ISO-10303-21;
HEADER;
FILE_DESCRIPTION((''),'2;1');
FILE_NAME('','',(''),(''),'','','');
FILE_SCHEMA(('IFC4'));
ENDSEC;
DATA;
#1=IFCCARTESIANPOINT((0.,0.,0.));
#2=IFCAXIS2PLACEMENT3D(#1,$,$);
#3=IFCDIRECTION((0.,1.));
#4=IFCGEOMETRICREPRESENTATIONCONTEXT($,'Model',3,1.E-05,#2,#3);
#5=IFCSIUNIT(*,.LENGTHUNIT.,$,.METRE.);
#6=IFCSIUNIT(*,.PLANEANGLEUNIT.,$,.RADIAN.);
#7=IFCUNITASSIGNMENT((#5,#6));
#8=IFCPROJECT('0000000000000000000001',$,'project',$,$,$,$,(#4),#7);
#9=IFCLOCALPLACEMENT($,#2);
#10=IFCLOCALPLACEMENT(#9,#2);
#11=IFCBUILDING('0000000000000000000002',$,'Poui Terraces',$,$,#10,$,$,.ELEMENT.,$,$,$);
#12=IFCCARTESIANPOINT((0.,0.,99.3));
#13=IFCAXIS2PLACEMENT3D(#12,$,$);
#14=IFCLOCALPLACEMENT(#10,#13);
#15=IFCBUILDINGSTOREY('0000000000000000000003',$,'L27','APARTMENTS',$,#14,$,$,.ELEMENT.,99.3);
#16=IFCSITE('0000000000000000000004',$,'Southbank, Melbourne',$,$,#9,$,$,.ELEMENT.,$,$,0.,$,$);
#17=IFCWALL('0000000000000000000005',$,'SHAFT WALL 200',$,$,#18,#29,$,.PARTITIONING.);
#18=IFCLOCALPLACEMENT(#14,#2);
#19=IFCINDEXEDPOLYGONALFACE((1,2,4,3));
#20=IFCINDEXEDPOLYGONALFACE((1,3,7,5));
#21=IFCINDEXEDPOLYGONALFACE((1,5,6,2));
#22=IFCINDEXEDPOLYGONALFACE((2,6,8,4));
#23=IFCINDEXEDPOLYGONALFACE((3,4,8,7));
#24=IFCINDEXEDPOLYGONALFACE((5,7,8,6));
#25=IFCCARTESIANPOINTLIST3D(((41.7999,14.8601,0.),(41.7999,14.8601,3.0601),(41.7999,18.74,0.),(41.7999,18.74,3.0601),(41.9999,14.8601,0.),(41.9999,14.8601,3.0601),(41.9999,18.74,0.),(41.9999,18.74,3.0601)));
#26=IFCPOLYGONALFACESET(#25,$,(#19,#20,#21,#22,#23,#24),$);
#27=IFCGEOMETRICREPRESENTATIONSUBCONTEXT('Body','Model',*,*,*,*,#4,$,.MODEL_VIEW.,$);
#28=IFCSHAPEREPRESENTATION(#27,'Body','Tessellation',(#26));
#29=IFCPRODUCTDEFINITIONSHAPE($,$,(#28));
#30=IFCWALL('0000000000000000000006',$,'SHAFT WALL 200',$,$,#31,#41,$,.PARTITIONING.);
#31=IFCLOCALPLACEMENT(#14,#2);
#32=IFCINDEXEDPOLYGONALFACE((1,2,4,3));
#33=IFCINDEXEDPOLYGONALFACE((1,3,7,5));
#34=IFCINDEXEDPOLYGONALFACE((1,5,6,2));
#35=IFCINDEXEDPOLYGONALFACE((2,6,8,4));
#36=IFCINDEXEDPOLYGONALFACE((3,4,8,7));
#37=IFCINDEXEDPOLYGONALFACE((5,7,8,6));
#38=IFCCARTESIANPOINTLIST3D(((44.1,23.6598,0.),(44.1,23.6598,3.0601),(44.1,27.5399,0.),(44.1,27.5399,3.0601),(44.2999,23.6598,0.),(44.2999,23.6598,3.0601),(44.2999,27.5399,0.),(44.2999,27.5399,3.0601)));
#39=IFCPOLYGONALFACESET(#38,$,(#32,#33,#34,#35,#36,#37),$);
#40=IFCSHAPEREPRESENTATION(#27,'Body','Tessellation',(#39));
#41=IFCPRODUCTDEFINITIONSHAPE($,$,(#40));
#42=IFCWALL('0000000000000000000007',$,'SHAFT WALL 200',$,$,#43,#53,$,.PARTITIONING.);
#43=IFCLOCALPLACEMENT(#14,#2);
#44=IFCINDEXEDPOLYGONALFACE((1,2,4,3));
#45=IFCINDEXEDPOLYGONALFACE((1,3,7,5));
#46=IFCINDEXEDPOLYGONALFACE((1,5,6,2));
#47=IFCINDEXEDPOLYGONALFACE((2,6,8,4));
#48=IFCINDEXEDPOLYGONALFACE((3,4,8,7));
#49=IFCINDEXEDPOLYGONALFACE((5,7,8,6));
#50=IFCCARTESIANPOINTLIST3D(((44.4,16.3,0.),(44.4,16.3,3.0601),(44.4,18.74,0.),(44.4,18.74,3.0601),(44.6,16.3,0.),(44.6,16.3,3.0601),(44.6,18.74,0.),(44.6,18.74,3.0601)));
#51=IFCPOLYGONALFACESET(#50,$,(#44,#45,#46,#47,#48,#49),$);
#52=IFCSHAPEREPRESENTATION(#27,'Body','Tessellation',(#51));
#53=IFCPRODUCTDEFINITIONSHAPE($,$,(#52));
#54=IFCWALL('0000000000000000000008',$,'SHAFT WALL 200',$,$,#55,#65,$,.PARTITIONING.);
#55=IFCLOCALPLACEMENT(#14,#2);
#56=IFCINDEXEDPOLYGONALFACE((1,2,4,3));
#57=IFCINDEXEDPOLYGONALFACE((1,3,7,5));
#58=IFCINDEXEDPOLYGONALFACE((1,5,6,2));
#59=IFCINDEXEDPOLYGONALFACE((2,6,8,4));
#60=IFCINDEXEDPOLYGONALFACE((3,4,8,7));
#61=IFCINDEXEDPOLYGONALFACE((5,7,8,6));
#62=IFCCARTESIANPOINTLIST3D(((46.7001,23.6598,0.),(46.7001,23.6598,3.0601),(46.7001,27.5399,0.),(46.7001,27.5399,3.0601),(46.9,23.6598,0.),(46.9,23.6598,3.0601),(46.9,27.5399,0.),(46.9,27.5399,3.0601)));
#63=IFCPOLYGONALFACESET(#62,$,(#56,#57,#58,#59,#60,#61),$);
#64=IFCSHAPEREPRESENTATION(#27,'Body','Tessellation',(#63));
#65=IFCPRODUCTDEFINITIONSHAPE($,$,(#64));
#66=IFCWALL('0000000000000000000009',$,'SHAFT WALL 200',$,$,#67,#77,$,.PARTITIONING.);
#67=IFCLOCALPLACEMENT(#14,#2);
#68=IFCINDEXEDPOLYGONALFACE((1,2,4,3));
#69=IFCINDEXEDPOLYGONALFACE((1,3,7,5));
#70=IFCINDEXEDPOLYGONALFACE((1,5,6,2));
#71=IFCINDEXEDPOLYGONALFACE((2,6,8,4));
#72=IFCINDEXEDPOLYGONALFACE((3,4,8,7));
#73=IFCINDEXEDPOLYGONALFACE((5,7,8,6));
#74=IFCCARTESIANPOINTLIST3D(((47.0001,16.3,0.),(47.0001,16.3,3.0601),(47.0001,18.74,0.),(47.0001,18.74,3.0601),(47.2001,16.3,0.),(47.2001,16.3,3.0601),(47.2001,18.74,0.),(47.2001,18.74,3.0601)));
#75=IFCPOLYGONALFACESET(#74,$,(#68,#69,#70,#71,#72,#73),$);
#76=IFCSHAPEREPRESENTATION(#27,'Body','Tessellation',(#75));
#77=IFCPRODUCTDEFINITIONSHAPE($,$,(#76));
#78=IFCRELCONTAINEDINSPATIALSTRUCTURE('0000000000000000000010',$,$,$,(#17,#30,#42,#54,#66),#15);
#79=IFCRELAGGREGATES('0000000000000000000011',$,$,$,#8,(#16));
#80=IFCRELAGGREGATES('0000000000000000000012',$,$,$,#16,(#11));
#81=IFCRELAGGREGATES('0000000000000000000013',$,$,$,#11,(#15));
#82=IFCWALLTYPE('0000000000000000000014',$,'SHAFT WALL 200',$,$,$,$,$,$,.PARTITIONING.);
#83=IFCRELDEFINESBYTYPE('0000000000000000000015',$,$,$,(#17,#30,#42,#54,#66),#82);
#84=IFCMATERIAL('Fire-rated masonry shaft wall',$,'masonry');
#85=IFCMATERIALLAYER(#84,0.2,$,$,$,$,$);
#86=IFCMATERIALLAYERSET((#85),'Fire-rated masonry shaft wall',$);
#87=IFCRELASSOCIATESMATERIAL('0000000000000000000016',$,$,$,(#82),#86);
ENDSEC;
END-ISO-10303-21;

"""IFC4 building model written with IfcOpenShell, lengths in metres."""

from ifc_helpers import new_model, si_unit, direction, frame, frame_2d, origin, place, context, subcontext, project, spatial, rectangle, extrude, material, layer, layer_set, type_object, element, save


model = new_model("IFC4")

# Units and contexts
model_context = context("Model", 3, precision=1e-05, world=origin(), true_north=direction((0.0, 1.0)))
body_context = subcontext(model_context, "Body", "Model", "MODEL_VIEW")
ifc_project = project(units=[si_unit("LENGTHUNIT", "METRE"), si_unit("PLANEANGLEUNIT", "RADIAN")], contexts=[model_context])

# Site, building, storey
site_placement = place(None, origin())
site = spatial("IfcSite", under=ifc_project, at=site_placement, Name="Southbank, Melbourne", CompositionType="ELEMENT", RefElevation=0.0)
building_placement = place(site_placement, origin())
building = spatial("IfcBuilding", under=site, at=building_placement, Name="Poui Terraces", CompositionType="ELEMENT")
storey_placement = place(building_placement, frame((0.0, 0.0, 99.3)))
storey = spatial("IfcBuildingStorey", under=building, at=storey_placement, Name="L27", Description="APARTMENTS", CompositionType="ELEMENT", Elevation=99.3)

# Shared definitions
ifc_material_1 = material(Name="Fire-rated masonry shaft wall", Category="masonry")
ifc_layer_1 = layer(ifc_material_1, 0.2)
ifc_layer_set_1 = layer_set([ifc_layer_1], Name="Fire-rated masonry shaft wall")
wall_type_1 = type_object("IfcWallType", Name="SHAFT WALL 200", PredefinedType="PARTITIONING", material=ifc_layer_set_1)

# Walls
wall_1_placement = place(storey_placement, frame((41.8999, 14.8601, 0.0), z_axis=(0.0, 0.0, 1.0), x_axis=(0.0, 1.0, 0.0)))
element("IfcWall", 1, at=wall_1_placement, inside=storey, type_object=wall_type_1, Name="SHAFT WALL 200", PredefinedType="PARTITIONING", context=body_context, shape_type="SweptSolid", body=[
    extrude(rectangle(XDim=3.8799, YDim=0.2, at=frame_2d((1.9399, 0.0))), origin(), (0.0, 0.0, 1.0), 3.0601),
])
wall_2_placement = place(storey_placement, frame((44.2, 23.6599, 0.0), z_axis=(0.0, 0.0, 1.0), x_axis=(0.0, 1.0, 0.0)))
element("IfcWall", 2, at=wall_2_placement, inside=storey, type_object=wall_type_1, Name="SHAFT WALL 200", PredefinedType="PARTITIONING", context=body_context, shape_type="SweptSolid", body=[
    extrude(rectangle(XDim=3.8801, YDim=0.2, at=frame_2d((1.9399, 0.0))), origin(), (0.0, 0.0, 1.0), 3.0601),
])
wall_3_placement = place(storey_placement, frame((44.5, 16.3, 0.0), z_axis=(0.0, 0.0, 1.0), x_axis=(0.0, 1.0, 0.0)))
element("IfcWall", 3, at=wall_3_placement, inside=storey, type_object=wall_type_1, Name="SHAFT WALL 200", PredefinedType="PARTITIONING", context=body_context, shape_type="SweptSolid", body=[
    extrude(rectangle(XDim=2.4399, YDim=0.2, at=frame_2d((1.22, 0.0))), origin(), (0.0, 0.0, 1.0), 3.0601),
])
wall_4_placement = place(storey_placement, frame((46.8, 23.6599, 0.0), z_axis=(0.0, 0.0, 1.0), x_axis=(0.0, 1.0, 0.0)))
element("IfcWall", 4, at=wall_4_placement, inside=storey, type_object=wall_type_1, Name="SHAFT WALL 200", PredefinedType="PARTITIONING", context=body_context, shape_type="SweptSolid", body=[
    extrude(rectangle(XDim=3.8801, YDim=0.2, at=frame_2d((1.9399, 0.0))), origin(), (0.0, 0.0, 1.0), 3.0601),
])
wall_5_placement = place(storey_placement, frame((47.1001, 16.3, 0.0), z_axis=(0.0, 0.0, 1.0), x_axis=(0.0, 1.0, 0.0)))
element("IfcWall", 5, at=wall_5_placement, inside=storey, type_object=wall_type_1, Name="SHAFT WALL 200", PredefinedType="PARTITIONING", context=body_context, shape_type="SweptSolid", body=[
    extrude(rectangle(XDim=2.4399, YDim=0.2, at=frame_2d((1.22, 0.0))), origin(), (0.0, 0.0, 1.0), 3.0601),
])

save(model, "model.ifc")
